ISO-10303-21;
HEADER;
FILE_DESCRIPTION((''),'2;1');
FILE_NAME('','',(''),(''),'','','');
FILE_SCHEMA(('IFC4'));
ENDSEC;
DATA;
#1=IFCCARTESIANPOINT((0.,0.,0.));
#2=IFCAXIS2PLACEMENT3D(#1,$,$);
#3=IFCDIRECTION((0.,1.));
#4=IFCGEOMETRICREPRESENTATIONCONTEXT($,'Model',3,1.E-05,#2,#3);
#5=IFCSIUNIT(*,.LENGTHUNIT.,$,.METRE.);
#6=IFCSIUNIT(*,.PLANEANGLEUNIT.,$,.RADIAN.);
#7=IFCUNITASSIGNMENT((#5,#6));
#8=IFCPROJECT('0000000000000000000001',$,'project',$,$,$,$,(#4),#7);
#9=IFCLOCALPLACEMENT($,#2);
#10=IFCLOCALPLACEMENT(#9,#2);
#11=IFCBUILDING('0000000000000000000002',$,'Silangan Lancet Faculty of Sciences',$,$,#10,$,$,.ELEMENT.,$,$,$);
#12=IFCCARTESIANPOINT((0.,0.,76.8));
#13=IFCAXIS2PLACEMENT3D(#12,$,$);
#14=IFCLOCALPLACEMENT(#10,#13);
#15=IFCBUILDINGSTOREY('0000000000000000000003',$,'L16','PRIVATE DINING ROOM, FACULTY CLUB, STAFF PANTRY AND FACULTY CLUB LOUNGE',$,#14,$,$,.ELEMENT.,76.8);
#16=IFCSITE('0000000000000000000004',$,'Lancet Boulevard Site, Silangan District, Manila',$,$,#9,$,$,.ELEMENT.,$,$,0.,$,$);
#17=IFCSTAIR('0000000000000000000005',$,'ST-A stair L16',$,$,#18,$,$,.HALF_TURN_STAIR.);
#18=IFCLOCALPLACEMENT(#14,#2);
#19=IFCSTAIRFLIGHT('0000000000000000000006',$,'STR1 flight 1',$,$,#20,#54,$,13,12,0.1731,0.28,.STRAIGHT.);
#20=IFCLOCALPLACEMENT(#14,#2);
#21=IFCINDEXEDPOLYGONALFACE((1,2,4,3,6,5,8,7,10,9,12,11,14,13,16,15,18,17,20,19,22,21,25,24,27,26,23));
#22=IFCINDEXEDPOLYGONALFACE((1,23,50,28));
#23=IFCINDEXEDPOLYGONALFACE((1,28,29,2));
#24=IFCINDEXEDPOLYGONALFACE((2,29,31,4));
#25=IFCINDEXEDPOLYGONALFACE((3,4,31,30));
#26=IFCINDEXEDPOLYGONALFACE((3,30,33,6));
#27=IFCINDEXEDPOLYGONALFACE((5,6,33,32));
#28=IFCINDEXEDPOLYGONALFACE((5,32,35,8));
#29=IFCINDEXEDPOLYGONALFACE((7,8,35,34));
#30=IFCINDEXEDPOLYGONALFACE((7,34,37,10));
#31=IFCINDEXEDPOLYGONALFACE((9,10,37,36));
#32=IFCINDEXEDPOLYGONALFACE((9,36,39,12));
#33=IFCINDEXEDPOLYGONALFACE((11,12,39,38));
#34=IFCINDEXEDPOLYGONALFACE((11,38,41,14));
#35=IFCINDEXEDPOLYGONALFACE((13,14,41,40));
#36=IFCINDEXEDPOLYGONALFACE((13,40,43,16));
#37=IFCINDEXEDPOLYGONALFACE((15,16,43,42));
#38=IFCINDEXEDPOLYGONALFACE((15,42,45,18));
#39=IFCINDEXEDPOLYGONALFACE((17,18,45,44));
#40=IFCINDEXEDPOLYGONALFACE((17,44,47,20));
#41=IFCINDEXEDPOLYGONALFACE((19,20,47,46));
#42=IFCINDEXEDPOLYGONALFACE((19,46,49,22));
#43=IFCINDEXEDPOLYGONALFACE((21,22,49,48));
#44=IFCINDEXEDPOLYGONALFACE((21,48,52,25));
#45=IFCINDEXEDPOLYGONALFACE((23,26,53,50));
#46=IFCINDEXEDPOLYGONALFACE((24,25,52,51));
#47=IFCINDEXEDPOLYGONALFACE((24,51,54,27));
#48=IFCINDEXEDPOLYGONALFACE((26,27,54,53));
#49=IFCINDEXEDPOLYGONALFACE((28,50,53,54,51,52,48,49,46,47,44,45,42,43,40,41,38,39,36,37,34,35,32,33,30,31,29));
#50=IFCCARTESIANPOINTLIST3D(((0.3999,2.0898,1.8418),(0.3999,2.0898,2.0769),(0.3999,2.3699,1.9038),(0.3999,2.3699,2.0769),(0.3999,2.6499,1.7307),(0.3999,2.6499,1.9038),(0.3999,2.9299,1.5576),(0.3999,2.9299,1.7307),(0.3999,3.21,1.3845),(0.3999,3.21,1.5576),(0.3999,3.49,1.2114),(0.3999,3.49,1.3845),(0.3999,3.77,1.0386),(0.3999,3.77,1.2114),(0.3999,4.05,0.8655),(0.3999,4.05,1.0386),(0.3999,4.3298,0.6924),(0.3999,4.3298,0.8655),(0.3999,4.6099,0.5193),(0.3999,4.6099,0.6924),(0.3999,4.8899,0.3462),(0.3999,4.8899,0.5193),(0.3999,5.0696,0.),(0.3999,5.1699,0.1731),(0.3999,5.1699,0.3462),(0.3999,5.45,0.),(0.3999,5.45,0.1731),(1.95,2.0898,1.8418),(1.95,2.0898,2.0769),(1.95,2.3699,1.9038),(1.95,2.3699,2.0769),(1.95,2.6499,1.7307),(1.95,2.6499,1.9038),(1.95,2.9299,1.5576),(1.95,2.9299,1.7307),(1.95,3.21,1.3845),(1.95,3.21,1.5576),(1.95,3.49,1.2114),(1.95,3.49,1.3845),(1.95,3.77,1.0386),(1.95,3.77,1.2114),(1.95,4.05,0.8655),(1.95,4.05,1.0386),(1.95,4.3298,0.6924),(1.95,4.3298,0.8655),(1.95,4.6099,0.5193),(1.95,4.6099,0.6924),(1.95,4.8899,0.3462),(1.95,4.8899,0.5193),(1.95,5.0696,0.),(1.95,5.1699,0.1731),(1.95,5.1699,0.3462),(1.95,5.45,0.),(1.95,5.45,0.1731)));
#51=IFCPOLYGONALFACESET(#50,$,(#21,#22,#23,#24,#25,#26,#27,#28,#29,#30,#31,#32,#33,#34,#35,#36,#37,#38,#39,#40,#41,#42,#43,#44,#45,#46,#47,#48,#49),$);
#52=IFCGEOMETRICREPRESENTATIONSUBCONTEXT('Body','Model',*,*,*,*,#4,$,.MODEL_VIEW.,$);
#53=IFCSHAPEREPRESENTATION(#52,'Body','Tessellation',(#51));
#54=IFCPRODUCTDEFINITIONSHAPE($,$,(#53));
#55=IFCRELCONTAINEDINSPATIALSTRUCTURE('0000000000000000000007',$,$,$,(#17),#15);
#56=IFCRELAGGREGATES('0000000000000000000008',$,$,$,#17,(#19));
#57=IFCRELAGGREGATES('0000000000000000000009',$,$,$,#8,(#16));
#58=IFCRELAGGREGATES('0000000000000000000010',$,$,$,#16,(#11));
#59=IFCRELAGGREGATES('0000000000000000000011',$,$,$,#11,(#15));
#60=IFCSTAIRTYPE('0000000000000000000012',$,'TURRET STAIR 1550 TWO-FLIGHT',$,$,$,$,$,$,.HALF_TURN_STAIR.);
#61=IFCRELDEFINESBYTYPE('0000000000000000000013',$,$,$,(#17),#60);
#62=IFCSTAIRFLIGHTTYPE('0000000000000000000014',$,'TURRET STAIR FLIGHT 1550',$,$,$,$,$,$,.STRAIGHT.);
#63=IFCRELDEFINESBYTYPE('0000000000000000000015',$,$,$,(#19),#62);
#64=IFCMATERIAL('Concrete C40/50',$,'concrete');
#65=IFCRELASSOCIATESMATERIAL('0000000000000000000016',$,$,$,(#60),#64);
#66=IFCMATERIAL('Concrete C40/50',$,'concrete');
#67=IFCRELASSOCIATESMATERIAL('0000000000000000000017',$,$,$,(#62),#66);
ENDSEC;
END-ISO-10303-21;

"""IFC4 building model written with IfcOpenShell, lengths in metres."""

from ifc_helpers import new_model, si_unit, direction, frame, origin, place, context, subcontext, project, spatial, polyline, outline, extrude, material, type_object, element, aggregate, save


model = new_model("IFC4")

# Units and contexts
model_context = context("Model", 3, precision=1e-05, world=origin(), true_north=direction((0.0, 1.0)))
body_context = subcontext(model_context, "Body", "Model", "MODEL_VIEW")
ifc_project = project(units=[si_unit("LENGTHUNIT", "METRE"), si_unit("PLANEANGLEUNIT", "RADIAN")], contexts=[model_context])

# Site, building, storey
site_placement = place(None, origin())
site = spatial("IfcSite", under=ifc_project, at=site_placement, Name="Lancet Boulevard Site, Silangan District, Manila", CompositionType="ELEMENT", RefElevation=0.0)
building_placement = place(site_placement, origin())
building = spatial("IfcBuilding", under=site, at=building_placement, Name="Silangan Lancet Faculty of Sciences", CompositionType="ELEMENT")
storey_placement = place(building_placement, frame((0.0, 0.0, 76.8)))
storey = spatial("IfcBuildingStorey", under=building, at=storey_placement, Name="L16", Description="PRIVATE DINING ROOM, FACULTY CLUB, STAFF PANTRY AND FACULTY CLUB LOUNGE", CompositionType="ELEMENT", Elevation=76.8)

# Stair, stair flight
ifc_material_1 = material(Name="Concrete C40/50", Category="concrete")
stair_type = type_object("IfcStairType", Name="TURRET STAIR 1550 TWO-FLIGHT", PredefinedType="HALF_TURN_STAIR", material=ifc_material_1)
stair_placement = place(storey_placement, origin())
stair = element("IfcStair", 1, at=stair_placement, inside=storey, type_object=stair_type, Name="ST-A stair L16", PredefinedType="HALF_TURN_STAIR")
ifc_material_2 = material(Name="Concrete C40/50", Category="concrete")
stair_flight_type = type_object("IfcStairFlightType", Name="TURRET STAIR FLIGHT 1550", PredefinedType="STRAIGHT", material=ifc_material_2)
stair_flight_placement = place(storey_placement, frame((1.175, 5.45, 0.0), z_axis=(0.0, 0.0, 1.0), x_axis=(0.0, -1.0, 0.0)))
stair_flight = element("IfcStairFlight", 2, at=stair_flight_placement, type_object=stair_flight_type, Name="STR1 flight 1", NumberOfRisers=13, NumberOfTreads=12, PredefinedType="STRAIGHT", RiserHeight=0.1731, TreadLength=0.28, context=body_context, shape_type="SweptSolid", body=[
    extrude(outline(polyline([(0.0, 0.0), (0.0, 0.1731), (0.28, 0.1731), (0.28, 0.3462), (0.5601, 0.3462), (0.5601, 0.5193), (0.8401, 0.5193), (0.8401, 0.6924), (1.1201, 0.6924), (1.1201, 0.8655), (1.3999, 0.8655), (1.3999, 1.0386), (1.6799, 1.0386), (1.6799, 1.2114), (1.96, 1.2114), (1.96, 1.3845), (2.24, 1.3845), (2.24, 1.5576), (2.52, 1.5576), (2.52, 1.7307), (2.8, 1.7307), (2.8, 1.9038), (3.0801, 1.9038), (3.0801, 2.0769), (3.3601, 2.0769), (3.3601, 2.25), (3.3601, 1.8418), (0.3804, 0.0), (0.0, 0.0)])), frame((0.0, 0.7749, 0.0), z_axis=(0.0, -1.0, 0.0), x_axis=(1.0, 0.0, 0.0)), (0.0, 0.0, 1.0), 1.55),
])
aggregate(stair, [stair_flight])

save(model, "model.ifc")
